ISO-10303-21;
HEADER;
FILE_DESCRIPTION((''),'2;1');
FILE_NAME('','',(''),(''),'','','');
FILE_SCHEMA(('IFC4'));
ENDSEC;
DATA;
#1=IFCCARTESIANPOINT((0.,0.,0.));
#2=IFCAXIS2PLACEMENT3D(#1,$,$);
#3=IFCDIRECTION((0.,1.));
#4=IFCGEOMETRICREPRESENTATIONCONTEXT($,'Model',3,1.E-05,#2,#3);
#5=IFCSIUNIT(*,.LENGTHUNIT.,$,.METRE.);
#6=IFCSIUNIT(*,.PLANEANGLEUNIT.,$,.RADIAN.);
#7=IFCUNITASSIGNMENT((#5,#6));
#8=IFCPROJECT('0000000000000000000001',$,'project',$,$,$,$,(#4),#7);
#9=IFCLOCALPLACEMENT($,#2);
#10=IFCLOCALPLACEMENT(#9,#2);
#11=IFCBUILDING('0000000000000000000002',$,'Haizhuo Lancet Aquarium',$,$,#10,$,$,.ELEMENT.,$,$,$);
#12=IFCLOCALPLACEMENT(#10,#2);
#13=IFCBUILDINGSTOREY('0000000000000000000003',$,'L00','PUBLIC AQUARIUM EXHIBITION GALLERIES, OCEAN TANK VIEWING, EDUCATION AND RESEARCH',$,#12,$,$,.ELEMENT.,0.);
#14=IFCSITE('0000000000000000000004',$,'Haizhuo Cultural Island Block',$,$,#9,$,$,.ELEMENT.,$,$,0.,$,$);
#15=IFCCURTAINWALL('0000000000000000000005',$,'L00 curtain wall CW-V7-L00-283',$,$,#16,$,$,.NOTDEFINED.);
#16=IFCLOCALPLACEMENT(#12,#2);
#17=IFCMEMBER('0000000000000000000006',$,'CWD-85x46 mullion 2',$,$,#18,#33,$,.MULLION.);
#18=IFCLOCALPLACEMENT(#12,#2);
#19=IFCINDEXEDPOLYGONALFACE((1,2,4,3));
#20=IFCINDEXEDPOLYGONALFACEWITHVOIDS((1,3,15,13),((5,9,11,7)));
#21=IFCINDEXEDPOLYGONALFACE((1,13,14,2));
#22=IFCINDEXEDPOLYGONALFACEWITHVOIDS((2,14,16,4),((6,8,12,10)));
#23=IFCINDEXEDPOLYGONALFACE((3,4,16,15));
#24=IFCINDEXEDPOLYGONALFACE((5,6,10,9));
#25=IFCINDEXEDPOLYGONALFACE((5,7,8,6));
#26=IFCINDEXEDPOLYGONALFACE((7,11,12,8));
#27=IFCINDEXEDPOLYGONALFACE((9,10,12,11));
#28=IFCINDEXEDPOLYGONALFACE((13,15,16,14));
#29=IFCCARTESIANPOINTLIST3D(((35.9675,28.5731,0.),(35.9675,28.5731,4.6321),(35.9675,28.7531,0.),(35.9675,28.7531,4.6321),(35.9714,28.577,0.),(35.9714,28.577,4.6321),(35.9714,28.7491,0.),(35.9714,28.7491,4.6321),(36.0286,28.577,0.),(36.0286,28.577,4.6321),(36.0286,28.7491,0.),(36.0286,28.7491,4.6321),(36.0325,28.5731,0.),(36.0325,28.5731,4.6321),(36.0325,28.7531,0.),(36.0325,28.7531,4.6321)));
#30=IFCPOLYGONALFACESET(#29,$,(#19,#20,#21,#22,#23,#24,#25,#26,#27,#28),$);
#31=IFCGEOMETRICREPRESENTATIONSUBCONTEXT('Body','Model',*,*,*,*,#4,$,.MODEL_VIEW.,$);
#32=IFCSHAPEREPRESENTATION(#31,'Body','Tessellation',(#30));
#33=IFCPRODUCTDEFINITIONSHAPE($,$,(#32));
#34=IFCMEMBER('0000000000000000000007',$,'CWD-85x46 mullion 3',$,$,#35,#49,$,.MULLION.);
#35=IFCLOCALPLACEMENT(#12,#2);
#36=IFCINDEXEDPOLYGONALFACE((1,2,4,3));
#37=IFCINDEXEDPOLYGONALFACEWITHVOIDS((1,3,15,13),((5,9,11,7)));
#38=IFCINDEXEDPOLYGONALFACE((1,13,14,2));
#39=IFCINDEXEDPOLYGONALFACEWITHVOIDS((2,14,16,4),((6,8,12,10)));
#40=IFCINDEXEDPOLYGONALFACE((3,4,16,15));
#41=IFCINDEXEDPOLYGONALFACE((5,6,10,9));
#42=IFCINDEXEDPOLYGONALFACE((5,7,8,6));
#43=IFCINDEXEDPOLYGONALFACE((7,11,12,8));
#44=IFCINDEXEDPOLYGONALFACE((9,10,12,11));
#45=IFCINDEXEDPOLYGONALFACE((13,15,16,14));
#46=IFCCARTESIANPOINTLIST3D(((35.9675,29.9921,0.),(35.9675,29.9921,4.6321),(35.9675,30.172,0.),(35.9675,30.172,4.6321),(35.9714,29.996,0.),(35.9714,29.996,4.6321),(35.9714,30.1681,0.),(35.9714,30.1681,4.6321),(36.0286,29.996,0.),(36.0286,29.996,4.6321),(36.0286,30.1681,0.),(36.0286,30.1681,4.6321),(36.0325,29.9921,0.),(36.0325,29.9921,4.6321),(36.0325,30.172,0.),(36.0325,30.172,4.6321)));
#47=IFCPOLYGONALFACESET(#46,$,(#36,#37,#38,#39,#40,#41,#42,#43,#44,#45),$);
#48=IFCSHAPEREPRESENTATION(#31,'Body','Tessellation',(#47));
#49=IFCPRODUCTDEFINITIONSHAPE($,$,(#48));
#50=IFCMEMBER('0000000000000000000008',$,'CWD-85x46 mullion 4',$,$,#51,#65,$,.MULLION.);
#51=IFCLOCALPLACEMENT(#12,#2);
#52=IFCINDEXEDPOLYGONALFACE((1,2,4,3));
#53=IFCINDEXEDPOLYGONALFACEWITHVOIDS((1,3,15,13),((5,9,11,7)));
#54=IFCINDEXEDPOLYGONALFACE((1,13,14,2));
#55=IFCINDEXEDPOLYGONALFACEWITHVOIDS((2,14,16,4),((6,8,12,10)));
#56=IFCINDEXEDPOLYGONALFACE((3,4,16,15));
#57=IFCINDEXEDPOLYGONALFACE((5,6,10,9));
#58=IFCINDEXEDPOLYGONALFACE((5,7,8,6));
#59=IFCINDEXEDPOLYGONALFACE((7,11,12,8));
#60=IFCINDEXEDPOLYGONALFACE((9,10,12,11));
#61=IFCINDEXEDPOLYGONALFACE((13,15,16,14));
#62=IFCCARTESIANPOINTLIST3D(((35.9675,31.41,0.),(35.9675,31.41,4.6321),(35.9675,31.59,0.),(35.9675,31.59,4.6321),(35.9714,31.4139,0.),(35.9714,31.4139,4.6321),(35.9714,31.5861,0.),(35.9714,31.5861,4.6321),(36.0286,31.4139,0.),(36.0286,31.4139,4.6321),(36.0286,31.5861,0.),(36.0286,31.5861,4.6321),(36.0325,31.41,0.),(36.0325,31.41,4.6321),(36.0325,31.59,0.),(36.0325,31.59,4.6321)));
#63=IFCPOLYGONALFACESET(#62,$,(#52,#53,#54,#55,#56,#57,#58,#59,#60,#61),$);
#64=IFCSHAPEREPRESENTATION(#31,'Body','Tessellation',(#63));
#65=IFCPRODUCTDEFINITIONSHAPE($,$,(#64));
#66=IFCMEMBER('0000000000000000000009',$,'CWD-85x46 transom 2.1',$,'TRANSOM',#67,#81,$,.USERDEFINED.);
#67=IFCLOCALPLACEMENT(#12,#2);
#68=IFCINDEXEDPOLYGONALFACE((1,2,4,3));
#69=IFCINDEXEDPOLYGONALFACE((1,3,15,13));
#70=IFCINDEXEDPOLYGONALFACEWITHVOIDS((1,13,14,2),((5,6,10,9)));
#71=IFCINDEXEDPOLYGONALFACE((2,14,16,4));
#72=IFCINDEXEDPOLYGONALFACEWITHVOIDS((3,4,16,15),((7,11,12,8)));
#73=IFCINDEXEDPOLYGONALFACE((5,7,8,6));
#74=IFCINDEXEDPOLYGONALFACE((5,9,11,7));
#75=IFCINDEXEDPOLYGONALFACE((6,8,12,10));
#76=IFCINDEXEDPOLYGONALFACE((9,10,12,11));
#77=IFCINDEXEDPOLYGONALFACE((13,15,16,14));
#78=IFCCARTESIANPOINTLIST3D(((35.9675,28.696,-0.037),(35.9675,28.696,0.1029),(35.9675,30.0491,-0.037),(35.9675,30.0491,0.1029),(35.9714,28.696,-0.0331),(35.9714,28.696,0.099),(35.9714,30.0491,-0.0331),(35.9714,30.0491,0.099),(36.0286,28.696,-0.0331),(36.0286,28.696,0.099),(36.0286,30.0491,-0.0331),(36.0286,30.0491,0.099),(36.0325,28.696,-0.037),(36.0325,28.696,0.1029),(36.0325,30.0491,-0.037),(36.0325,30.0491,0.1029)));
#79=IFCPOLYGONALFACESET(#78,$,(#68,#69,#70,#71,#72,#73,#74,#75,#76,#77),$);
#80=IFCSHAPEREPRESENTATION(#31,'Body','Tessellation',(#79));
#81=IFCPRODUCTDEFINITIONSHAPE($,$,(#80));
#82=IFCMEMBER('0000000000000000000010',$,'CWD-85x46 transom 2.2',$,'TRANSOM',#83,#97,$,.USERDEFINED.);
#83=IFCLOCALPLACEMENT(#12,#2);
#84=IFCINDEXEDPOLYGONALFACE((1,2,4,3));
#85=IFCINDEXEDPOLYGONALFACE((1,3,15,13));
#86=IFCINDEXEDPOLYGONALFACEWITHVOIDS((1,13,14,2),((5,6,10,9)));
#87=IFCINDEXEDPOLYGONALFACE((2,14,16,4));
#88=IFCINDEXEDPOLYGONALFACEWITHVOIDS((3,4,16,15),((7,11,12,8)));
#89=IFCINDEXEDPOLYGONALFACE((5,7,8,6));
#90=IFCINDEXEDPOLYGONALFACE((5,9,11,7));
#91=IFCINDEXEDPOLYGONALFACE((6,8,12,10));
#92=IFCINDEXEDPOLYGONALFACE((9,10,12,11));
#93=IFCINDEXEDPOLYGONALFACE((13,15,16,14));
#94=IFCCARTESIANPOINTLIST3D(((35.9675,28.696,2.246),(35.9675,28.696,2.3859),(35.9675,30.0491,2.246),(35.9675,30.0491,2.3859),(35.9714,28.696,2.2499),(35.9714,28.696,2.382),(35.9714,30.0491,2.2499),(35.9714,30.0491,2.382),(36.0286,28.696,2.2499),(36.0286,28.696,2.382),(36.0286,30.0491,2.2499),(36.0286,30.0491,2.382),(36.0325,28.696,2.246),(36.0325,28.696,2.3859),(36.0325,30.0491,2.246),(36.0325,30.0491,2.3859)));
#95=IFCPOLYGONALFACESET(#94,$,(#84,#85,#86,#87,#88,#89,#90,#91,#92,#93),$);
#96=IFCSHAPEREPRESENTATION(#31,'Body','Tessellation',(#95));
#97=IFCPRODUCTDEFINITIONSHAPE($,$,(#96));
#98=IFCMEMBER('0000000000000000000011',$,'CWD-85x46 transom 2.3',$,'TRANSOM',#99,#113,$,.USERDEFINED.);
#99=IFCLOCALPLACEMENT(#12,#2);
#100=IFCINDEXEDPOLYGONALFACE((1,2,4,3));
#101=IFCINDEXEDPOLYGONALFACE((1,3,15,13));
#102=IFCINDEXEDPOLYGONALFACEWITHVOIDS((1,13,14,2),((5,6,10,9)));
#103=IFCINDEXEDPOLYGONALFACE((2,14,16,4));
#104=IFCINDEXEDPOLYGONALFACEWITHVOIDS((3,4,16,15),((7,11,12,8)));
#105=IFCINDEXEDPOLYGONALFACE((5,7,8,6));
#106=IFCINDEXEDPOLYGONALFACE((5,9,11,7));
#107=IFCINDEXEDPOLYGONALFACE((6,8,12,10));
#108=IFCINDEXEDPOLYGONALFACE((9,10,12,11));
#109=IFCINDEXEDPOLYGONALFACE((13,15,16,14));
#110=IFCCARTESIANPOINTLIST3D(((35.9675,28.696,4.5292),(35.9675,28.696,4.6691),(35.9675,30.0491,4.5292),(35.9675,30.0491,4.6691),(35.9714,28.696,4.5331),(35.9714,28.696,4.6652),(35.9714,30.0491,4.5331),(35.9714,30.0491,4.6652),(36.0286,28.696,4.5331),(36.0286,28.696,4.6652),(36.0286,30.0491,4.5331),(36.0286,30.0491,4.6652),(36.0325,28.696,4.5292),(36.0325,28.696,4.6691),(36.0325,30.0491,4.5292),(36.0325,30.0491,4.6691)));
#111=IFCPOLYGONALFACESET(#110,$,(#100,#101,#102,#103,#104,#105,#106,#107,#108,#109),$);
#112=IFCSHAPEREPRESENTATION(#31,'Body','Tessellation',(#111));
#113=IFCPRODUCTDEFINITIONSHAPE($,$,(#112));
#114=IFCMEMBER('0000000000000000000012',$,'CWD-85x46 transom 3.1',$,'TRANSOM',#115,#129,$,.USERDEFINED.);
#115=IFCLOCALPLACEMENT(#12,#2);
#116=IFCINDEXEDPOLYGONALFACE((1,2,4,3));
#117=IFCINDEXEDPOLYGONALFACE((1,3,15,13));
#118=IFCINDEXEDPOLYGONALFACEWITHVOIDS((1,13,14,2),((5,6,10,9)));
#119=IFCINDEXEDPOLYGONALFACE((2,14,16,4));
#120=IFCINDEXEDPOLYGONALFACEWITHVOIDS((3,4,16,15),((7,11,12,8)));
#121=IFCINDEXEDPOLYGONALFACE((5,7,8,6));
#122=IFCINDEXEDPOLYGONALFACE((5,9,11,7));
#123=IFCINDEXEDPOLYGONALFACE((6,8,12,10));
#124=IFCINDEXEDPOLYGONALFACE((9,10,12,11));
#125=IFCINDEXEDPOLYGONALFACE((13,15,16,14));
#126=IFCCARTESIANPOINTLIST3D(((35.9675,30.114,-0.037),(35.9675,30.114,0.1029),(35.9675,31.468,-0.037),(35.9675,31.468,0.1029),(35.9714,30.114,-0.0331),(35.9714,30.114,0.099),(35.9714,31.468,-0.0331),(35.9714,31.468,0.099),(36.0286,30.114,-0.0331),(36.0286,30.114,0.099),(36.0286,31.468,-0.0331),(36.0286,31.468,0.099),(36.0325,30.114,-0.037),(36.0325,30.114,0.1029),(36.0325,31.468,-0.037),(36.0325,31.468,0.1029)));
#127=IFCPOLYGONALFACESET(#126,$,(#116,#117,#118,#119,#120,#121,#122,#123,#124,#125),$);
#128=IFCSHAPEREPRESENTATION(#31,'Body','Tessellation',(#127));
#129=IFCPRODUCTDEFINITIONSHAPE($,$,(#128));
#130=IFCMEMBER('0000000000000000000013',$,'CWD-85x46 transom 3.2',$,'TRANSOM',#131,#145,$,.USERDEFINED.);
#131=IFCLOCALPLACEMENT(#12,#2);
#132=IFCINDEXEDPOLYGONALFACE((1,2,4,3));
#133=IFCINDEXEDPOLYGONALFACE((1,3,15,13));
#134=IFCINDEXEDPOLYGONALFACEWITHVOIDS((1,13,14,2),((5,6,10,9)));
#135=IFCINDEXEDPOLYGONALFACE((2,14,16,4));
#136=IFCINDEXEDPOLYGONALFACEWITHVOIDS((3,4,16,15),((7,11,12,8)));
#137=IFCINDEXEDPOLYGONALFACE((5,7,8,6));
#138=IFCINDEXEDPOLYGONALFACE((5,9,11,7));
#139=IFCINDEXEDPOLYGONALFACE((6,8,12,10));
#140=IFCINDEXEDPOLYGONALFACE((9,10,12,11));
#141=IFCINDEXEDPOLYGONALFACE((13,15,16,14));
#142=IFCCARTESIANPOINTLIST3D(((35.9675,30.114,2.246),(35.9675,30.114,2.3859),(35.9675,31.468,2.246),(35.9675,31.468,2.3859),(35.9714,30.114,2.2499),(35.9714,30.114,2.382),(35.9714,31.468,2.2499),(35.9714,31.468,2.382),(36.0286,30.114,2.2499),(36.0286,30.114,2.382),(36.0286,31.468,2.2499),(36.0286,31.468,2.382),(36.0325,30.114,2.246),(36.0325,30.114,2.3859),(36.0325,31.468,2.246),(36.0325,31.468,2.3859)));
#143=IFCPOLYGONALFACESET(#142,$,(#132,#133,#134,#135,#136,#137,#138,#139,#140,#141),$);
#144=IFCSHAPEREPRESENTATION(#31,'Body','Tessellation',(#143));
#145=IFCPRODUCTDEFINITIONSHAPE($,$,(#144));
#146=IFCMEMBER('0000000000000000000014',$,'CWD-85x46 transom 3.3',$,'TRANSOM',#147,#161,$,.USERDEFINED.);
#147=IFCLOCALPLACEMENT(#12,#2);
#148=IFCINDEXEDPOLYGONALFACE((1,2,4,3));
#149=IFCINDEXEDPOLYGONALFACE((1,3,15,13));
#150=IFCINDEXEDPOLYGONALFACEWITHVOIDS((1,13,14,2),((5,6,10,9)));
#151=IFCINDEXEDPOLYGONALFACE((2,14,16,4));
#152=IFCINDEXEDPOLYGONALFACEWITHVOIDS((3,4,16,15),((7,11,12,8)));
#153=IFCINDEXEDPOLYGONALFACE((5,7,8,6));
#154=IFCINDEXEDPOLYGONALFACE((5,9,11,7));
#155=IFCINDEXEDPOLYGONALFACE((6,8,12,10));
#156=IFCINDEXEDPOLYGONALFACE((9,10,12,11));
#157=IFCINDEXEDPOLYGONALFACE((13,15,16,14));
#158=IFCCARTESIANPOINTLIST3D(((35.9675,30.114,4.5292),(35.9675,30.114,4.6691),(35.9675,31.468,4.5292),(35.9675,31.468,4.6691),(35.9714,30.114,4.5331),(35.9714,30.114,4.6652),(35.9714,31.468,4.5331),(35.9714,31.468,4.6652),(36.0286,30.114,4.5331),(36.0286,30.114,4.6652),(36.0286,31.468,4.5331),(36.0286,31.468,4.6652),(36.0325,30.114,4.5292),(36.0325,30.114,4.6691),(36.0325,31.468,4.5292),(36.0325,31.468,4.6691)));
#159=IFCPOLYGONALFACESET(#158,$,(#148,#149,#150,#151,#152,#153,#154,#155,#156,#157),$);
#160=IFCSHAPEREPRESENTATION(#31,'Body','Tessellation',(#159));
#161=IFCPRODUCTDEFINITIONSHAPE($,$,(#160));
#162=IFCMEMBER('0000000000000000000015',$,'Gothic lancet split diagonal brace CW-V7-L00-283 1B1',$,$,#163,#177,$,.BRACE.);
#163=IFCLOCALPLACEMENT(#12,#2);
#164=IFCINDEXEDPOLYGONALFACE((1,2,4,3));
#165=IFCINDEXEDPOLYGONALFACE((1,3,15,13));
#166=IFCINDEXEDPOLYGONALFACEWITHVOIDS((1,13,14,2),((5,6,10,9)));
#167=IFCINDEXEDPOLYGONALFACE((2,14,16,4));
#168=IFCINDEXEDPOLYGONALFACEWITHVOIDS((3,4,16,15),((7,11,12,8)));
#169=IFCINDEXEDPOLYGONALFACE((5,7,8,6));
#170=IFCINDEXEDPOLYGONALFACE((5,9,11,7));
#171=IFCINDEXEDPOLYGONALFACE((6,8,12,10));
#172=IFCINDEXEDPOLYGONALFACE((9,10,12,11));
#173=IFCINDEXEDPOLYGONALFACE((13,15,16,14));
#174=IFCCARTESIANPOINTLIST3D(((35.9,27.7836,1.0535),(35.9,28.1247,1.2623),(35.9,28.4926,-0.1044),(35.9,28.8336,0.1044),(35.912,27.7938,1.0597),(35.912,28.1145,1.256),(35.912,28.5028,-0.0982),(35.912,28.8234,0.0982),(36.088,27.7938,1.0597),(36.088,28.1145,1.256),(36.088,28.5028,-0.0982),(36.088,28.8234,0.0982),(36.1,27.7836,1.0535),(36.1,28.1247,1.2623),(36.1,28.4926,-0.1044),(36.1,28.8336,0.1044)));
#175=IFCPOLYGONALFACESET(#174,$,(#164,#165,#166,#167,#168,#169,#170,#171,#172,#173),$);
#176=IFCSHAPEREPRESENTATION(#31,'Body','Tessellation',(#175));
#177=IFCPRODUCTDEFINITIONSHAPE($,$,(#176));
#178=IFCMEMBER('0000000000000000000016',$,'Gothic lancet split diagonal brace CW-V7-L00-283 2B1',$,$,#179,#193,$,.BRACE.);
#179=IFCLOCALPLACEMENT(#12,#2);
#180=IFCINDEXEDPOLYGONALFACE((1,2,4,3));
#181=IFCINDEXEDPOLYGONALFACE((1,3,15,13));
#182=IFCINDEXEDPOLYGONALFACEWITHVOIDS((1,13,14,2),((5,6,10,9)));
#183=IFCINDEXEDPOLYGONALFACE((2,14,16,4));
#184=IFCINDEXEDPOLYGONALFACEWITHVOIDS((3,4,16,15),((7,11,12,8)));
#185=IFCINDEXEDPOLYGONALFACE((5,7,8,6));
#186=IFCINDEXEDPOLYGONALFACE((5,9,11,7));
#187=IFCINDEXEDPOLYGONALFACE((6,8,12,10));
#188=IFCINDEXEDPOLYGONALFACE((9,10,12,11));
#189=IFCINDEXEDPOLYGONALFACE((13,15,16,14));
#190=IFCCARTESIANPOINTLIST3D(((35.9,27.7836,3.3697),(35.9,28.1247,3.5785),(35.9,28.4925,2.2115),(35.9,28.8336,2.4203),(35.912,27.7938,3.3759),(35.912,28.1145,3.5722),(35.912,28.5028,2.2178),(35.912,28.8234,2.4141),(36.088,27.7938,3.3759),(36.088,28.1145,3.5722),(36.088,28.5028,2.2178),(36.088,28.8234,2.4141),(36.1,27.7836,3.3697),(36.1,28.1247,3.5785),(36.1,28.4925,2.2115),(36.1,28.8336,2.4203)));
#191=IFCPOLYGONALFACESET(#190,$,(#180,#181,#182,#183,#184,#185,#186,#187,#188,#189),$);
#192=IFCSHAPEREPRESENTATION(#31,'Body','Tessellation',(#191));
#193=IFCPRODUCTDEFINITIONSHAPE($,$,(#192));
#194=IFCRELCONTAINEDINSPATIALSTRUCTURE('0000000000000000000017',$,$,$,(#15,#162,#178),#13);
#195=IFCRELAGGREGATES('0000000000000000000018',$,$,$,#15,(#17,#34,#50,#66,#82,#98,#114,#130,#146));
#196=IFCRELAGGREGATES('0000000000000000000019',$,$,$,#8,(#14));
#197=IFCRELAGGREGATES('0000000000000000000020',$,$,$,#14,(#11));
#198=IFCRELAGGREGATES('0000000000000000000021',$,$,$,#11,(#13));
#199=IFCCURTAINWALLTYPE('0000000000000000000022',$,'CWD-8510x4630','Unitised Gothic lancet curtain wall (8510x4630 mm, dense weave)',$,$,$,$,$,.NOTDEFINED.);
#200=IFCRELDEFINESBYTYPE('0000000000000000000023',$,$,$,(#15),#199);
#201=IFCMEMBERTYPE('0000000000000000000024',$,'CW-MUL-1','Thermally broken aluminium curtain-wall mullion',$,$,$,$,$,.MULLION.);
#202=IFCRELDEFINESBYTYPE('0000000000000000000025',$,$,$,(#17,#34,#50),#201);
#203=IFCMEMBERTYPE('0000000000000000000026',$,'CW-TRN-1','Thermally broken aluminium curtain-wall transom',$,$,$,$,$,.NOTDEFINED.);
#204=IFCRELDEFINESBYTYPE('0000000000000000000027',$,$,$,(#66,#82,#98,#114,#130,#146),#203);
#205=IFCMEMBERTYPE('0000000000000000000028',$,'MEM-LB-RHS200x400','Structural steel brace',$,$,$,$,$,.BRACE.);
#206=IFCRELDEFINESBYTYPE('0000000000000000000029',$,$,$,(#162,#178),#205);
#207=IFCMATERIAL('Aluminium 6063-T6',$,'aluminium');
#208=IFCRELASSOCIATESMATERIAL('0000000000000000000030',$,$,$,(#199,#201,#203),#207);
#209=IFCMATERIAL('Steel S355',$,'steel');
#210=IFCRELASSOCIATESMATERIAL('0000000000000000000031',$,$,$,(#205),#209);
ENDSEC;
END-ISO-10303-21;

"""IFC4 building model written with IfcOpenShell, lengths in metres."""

from ifc_helpers import new_model, si_unit, direction, frame, origin, origin_2d, place, context, subcontext, project, spatial, hollow_rectangle, extrude, material, material_profile, profile_set, type_object, element, aggregate, save


model = new_model("IFC4")

# Units and contexts
model_context = context("Model", 3, precision=1e-05, world=origin(), true_north=direction((0.0, 1.0)))
body_context = subcontext(model_context, "Body", "Model", "MODEL_VIEW")
ifc_project = project(units=[si_unit("LENGTHUNIT", "METRE"), si_unit("PLANEANGLEUNIT", "RADIAN")], contexts=[model_context])

# Site, building, storey
site_placement = place(None, origin())
site = spatial("IfcSite", under=ifc_project, at=site_placement, Name="Haizhuo Cultural Island Block", CompositionType="ELEMENT", RefElevation=0.0)
building_placement = place(site_placement, origin())
building = spatial("IfcBuilding", under=site, at=building_placement, Name="Haizhuo Lancet Aquarium", CompositionType="ELEMENT")
storey_placement = place(building_placement, origin())
storey = spatial("IfcBuildingStorey", under=building, at=storey_placement, Name="L00", Description="PUBLIC AQUARIUM EXHIBITION GALLERIES, OCEAN TANK VIEWING, EDUCATION AND RESEARCH", CompositionType="ELEMENT", Elevation=0.0)

# Curtain wall, members
ifc_material_1 = material(Name="Aluminium 6063-T6", Category="aluminium")
curtain_wall_type = type_object("IfcCurtainWallType", Name="CWD-8510x4630", Description="Unitised Gothic lancet curtain wall (8510x4630 mm, dense weave)", PredefinedType="NOTDEFINED", material=ifc_material_1)
curtain_wall_placement = place(storey_placement, origin())
curtain_wall = element("IfcCurtainWall", 1, at=curtain_wall_placement, inside=storey, type_object=curtain_wall_type, Name="L00 curtain wall CW-V7-L00-283", PredefinedType="NOTDEFINED")
ifc_material_profile_1 = material_profile(ifc_material_1, hollow_rectangle(XDim=0.0649, YDim=0.1799, WallThickness=0.0039, at=origin_2d()), Name="ALU-M 65x180x4")
ifc_profile_set_1 = profile_set([ifc_material_profile_1], Name="Aluminium 6063-T6")
member_type_1 = type_object("IfcMemberType", Name="CW-MUL-1", Description="Thermally broken aluminium curtain-wall mullion", PredefinedType="MULLION", material=ifc_profile_set_1)
member_1_placement = place(storey_placement, frame((36.0, 28.6631, 0.0), z_axis=(0.0, 0.0, 1.0), x_axis=(-1.0, 0.0, 0.0)))
member_1 = element("IfcMember", 2, at=member_1_placement, type_object=member_type_1, Name="CWD-85x46 mullion 2", PredefinedType="MULLION", context=body_context, shape_type="SweptSolid", body=[
    extrude(hollow_rectangle(XDim=0.0649, YDim=0.1799, WallThickness=0.0039, at=origin_2d()), origin(), (0.0, 0.0, 1.0), 4.6321),
])
member_2_placement = place(storey_placement, frame((36.0, 30.082, 0.0), z_axis=(0.0, 0.0, 1.0), x_axis=(-1.0, 0.0, 0.0)))
member_2 = element("IfcMember", 3, at=member_2_placement, type_object=member_type_1, Name="CWD-85x46 mullion 3", PredefinedType="MULLION", context=body_context, shape_type="SweptSolid", body=[
    extrude(hollow_rectangle(XDim=0.0649, YDim=0.1799, WallThickness=0.0039, at=origin_2d()), origin(), (0.0, 0.0, 1.0), 4.6321),
])
member_3_placement = place(storey_placement, frame((36.0, 31.5, 0.0), z_axis=(0.0, 0.0, 1.0), x_axis=(-1.0, 0.0, 0.0)))
member_3 = element("IfcMember", 4, at=member_3_placement, type_object=member_type_1, Name="CWD-85x46 mullion 4", PredefinedType="MULLION", context=body_context, shape_type="SweptSolid", body=[
    extrude(hollow_rectangle(XDim=0.0649, YDim=0.1799, WallThickness=0.0039, at=origin_2d()), origin(), (0.0, 0.0, 1.0), 4.6321),
])
ifc_material_profile_2 = material_profile(ifc_material_1, hollow_rectangle(XDim=0.0649, YDim=0.1399, WallThickness=0.0039, at=origin_2d()), Name="ALU-T 65x140x4")
ifc_profile_set_2 = profile_set([ifc_material_profile_2], Name="Aluminium 6063-T6")
member_type_2 = type_object("IfcMemberType", Name="CW-TRN-1", Description="Thermally broken aluminium curtain-wall transom", PredefinedType="NOTDEFINED", material=ifc_profile_set_2)
member_4_placement = place(storey_placement, frame((36.0, 28.696, 0.033), z_axis=(0.0, 1.0, 0.0), x_axis=(-1.0, 0.0, 0.0)))
member_4 = element("IfcMember", 5, at=member_4_placement, type_object=member_type_2, Name="CWD-85x46 transom 2.1", ObjectType="TRANSOM", PredefinedType="USERDEFINED", context=body_context, shape_type="SweptSolid", body=[
    extrude(hollow_rectangle(XDim=0.0649, YDim=0.1399, WallThickness=0.0039, at=origin_2d()), origin(), (0.0, 0.0, 1.0), 1.353),
])
member_5_placement = place(storey_placement, frame((36.0, 28.696, 2.3159), z_axis=(0.0, 1.0, 0.0), x_axis=(-1.0, 0.0, 0.0)))
member_5 = element("IfcMember", 6, at=member_5_placement, type_object=member_type_2, Name="CWD-85x46 transom 2.2", ObjectType="TRANSOM", PredefinedType="USERDEFINED", context=body_context, shape_type="SweptSolid", body=[
    extrude(hollow_rectangle(XDim=0.0649, YDim=0.1399, WallThickness=0.0039, at=origin_2d()), origin(), (0.0, 0.0, 1.0), 1.353),
])
member_6_placement = place(storey_placement, frame((36.0, 28.696, 4.5991), z_axis=(0.0, 1.0, 0.0), x_axis=(-1.0, 0.0, 0.0)))
member_6 = element("IfcMember", 7, at=member_6_placement, type_object=member_type_2, Name="CWD-85x46 transom 2.3", ObjectType="TRANSOM", PredefinedType="USERDEFINED", context=body_context, shape_type="SweptSolid", body=[
    extrude(hollow_rectangle(XDim=0.0649, YDim=0.1399, WallThickness=0.0039, at=origin_2d()), origin(), (0.0, 0.0, 1.0), 1.353),
])
member_7_placement = place(storey_placement, frame((36.0, 30.114, 0.033), z_axis=(0.0, 1.0, 0.0), x_axis=(-1.0, 0.0, 0.0)))
member_7 = element("IfcMember", 8, at=member_7_placement, type_object=member_type_2, Name="CWD-85x46 transom 3.1", ObjectType="TRANSOM", PredefinedType="USERDEFINED", context=body_context, shape_type="SweptSolid", body=[
    extrude(hollow_rectangle(XDim=0.0649, YDim=0.1399, WallThickness=0.0039, at=origin_2d()), origin(), (0.0, 0.0, 1.0), 1.354),
])
member_8_placement = place(storey_placement, frame((36.0, 30.114, 2.3159), z_axis=(0.0, 1.0, 0.0), x_axis=(-1.0, 0.0, 0.0)))
member_8 = element("IfcMember", 9, at=member_8_placement, type_object=member_type_2, Name="CWD-85x46 transom 3.2", ObjectType="TRANSOM", PredefinedType="USERDEFINED", context=body_context, shape_type="SweptSolid", body=[
    extrude(hollow_rectangle(XDim=0.0649, YDim=0.1399, WallThickness=0.0039, at=origin_2d()), origin(), (0.0, 0.0, 1.0), 1.354),
])
member_9_placement = place(storey_placement, frame((36.0, 30.114, 4.5991), z_axis=(0.0, 1.0, 0.0), x_axis=(-1.0, 0.0, 0.0)))
member_9 = element("IfcMember", 10, at=member_9_placement, type_object=member_type_2, Name="CWD-85x46 transom 3.3", ObjectType="TRANSOM", PredefinedType="USERDEFINED", context=body_context, shape_type="SweptSolid", body=[
    extrude(hollow_rectangle(XDim=0.0649, YDim=0.1399, WallThickness=0.0039, at=origin_2d()), origin(), (0.0, 0.0, 1.0), 1.354),
])

# Members
ifc_material_2 = material(Name="Steel S355", Category="steel")
ifc_material_profile_3 = material_profile(ifc_material_2, hollow_rectangle(XDim=0.2, YDim=0.3999, WallThickness=0.012, at=origin_2d()), Name="RHS 200x400x12")
ifc_profile_set_3 = profile_set([ifc_material_profile_3], Name="Steel S355")
member_type_3 = type_object("IfcMemberType", Name="MEM-LB-RHS200x400", Description="Structural steel brace", PredefinedType="BRACE", material=ifc_profile_set_3)
member_10_placement = place(storey_placement, frame((36.0, 28.6631, 0.0), z_axis=(0.0, -0.52217, 0.852841), x_axis=(1.0, 0.0, 0.0)))
element("IfcMember", 11, at=member_10_placement, inside=storey, type_object=member_type_3, Name="Gothic lancet split diagonal brace CW-V7-L00-283 1B1", PredefinedType="BRACE", context=body_context, shape_type="SweptSolid", body=[
    extrude(hollow_rectangle(XDim=0.2, YDim=0.3999, WallThickness=0.012, at=origin_2d()), origin(), (0.0, 0.0, 1.0), 1.3577),
])
member_11_placement = place(storey_placement, frame((36.0, 28.6631, 2.3159), z_axis=(0.0, -0.52209, 0.852891), x_axis=(1.0, 0.0, 0.0)))
element("IfcMember", 12, at=member_11_placement, inside=storey, type_object=member_type_3, Name="Gothic lancet split diagonal brace CW-V7-L00-283 2B1", PredefinedType="BRACE", context=body_context, shape_type="SweptSolid", body=[
    extrude(hollow_rectangle(XDim=0.2, YDim=0.3999, WallThickness=0.012, at=origin_2d()), origin(), (0.0, 0.0, 1.0), 1.3579),
])

aggregate(curtain_wall, [member_1, member_2, member_3, member_4, member_5, member_6, member_7, member_8, member_9])

save(model, "model.ifc")
